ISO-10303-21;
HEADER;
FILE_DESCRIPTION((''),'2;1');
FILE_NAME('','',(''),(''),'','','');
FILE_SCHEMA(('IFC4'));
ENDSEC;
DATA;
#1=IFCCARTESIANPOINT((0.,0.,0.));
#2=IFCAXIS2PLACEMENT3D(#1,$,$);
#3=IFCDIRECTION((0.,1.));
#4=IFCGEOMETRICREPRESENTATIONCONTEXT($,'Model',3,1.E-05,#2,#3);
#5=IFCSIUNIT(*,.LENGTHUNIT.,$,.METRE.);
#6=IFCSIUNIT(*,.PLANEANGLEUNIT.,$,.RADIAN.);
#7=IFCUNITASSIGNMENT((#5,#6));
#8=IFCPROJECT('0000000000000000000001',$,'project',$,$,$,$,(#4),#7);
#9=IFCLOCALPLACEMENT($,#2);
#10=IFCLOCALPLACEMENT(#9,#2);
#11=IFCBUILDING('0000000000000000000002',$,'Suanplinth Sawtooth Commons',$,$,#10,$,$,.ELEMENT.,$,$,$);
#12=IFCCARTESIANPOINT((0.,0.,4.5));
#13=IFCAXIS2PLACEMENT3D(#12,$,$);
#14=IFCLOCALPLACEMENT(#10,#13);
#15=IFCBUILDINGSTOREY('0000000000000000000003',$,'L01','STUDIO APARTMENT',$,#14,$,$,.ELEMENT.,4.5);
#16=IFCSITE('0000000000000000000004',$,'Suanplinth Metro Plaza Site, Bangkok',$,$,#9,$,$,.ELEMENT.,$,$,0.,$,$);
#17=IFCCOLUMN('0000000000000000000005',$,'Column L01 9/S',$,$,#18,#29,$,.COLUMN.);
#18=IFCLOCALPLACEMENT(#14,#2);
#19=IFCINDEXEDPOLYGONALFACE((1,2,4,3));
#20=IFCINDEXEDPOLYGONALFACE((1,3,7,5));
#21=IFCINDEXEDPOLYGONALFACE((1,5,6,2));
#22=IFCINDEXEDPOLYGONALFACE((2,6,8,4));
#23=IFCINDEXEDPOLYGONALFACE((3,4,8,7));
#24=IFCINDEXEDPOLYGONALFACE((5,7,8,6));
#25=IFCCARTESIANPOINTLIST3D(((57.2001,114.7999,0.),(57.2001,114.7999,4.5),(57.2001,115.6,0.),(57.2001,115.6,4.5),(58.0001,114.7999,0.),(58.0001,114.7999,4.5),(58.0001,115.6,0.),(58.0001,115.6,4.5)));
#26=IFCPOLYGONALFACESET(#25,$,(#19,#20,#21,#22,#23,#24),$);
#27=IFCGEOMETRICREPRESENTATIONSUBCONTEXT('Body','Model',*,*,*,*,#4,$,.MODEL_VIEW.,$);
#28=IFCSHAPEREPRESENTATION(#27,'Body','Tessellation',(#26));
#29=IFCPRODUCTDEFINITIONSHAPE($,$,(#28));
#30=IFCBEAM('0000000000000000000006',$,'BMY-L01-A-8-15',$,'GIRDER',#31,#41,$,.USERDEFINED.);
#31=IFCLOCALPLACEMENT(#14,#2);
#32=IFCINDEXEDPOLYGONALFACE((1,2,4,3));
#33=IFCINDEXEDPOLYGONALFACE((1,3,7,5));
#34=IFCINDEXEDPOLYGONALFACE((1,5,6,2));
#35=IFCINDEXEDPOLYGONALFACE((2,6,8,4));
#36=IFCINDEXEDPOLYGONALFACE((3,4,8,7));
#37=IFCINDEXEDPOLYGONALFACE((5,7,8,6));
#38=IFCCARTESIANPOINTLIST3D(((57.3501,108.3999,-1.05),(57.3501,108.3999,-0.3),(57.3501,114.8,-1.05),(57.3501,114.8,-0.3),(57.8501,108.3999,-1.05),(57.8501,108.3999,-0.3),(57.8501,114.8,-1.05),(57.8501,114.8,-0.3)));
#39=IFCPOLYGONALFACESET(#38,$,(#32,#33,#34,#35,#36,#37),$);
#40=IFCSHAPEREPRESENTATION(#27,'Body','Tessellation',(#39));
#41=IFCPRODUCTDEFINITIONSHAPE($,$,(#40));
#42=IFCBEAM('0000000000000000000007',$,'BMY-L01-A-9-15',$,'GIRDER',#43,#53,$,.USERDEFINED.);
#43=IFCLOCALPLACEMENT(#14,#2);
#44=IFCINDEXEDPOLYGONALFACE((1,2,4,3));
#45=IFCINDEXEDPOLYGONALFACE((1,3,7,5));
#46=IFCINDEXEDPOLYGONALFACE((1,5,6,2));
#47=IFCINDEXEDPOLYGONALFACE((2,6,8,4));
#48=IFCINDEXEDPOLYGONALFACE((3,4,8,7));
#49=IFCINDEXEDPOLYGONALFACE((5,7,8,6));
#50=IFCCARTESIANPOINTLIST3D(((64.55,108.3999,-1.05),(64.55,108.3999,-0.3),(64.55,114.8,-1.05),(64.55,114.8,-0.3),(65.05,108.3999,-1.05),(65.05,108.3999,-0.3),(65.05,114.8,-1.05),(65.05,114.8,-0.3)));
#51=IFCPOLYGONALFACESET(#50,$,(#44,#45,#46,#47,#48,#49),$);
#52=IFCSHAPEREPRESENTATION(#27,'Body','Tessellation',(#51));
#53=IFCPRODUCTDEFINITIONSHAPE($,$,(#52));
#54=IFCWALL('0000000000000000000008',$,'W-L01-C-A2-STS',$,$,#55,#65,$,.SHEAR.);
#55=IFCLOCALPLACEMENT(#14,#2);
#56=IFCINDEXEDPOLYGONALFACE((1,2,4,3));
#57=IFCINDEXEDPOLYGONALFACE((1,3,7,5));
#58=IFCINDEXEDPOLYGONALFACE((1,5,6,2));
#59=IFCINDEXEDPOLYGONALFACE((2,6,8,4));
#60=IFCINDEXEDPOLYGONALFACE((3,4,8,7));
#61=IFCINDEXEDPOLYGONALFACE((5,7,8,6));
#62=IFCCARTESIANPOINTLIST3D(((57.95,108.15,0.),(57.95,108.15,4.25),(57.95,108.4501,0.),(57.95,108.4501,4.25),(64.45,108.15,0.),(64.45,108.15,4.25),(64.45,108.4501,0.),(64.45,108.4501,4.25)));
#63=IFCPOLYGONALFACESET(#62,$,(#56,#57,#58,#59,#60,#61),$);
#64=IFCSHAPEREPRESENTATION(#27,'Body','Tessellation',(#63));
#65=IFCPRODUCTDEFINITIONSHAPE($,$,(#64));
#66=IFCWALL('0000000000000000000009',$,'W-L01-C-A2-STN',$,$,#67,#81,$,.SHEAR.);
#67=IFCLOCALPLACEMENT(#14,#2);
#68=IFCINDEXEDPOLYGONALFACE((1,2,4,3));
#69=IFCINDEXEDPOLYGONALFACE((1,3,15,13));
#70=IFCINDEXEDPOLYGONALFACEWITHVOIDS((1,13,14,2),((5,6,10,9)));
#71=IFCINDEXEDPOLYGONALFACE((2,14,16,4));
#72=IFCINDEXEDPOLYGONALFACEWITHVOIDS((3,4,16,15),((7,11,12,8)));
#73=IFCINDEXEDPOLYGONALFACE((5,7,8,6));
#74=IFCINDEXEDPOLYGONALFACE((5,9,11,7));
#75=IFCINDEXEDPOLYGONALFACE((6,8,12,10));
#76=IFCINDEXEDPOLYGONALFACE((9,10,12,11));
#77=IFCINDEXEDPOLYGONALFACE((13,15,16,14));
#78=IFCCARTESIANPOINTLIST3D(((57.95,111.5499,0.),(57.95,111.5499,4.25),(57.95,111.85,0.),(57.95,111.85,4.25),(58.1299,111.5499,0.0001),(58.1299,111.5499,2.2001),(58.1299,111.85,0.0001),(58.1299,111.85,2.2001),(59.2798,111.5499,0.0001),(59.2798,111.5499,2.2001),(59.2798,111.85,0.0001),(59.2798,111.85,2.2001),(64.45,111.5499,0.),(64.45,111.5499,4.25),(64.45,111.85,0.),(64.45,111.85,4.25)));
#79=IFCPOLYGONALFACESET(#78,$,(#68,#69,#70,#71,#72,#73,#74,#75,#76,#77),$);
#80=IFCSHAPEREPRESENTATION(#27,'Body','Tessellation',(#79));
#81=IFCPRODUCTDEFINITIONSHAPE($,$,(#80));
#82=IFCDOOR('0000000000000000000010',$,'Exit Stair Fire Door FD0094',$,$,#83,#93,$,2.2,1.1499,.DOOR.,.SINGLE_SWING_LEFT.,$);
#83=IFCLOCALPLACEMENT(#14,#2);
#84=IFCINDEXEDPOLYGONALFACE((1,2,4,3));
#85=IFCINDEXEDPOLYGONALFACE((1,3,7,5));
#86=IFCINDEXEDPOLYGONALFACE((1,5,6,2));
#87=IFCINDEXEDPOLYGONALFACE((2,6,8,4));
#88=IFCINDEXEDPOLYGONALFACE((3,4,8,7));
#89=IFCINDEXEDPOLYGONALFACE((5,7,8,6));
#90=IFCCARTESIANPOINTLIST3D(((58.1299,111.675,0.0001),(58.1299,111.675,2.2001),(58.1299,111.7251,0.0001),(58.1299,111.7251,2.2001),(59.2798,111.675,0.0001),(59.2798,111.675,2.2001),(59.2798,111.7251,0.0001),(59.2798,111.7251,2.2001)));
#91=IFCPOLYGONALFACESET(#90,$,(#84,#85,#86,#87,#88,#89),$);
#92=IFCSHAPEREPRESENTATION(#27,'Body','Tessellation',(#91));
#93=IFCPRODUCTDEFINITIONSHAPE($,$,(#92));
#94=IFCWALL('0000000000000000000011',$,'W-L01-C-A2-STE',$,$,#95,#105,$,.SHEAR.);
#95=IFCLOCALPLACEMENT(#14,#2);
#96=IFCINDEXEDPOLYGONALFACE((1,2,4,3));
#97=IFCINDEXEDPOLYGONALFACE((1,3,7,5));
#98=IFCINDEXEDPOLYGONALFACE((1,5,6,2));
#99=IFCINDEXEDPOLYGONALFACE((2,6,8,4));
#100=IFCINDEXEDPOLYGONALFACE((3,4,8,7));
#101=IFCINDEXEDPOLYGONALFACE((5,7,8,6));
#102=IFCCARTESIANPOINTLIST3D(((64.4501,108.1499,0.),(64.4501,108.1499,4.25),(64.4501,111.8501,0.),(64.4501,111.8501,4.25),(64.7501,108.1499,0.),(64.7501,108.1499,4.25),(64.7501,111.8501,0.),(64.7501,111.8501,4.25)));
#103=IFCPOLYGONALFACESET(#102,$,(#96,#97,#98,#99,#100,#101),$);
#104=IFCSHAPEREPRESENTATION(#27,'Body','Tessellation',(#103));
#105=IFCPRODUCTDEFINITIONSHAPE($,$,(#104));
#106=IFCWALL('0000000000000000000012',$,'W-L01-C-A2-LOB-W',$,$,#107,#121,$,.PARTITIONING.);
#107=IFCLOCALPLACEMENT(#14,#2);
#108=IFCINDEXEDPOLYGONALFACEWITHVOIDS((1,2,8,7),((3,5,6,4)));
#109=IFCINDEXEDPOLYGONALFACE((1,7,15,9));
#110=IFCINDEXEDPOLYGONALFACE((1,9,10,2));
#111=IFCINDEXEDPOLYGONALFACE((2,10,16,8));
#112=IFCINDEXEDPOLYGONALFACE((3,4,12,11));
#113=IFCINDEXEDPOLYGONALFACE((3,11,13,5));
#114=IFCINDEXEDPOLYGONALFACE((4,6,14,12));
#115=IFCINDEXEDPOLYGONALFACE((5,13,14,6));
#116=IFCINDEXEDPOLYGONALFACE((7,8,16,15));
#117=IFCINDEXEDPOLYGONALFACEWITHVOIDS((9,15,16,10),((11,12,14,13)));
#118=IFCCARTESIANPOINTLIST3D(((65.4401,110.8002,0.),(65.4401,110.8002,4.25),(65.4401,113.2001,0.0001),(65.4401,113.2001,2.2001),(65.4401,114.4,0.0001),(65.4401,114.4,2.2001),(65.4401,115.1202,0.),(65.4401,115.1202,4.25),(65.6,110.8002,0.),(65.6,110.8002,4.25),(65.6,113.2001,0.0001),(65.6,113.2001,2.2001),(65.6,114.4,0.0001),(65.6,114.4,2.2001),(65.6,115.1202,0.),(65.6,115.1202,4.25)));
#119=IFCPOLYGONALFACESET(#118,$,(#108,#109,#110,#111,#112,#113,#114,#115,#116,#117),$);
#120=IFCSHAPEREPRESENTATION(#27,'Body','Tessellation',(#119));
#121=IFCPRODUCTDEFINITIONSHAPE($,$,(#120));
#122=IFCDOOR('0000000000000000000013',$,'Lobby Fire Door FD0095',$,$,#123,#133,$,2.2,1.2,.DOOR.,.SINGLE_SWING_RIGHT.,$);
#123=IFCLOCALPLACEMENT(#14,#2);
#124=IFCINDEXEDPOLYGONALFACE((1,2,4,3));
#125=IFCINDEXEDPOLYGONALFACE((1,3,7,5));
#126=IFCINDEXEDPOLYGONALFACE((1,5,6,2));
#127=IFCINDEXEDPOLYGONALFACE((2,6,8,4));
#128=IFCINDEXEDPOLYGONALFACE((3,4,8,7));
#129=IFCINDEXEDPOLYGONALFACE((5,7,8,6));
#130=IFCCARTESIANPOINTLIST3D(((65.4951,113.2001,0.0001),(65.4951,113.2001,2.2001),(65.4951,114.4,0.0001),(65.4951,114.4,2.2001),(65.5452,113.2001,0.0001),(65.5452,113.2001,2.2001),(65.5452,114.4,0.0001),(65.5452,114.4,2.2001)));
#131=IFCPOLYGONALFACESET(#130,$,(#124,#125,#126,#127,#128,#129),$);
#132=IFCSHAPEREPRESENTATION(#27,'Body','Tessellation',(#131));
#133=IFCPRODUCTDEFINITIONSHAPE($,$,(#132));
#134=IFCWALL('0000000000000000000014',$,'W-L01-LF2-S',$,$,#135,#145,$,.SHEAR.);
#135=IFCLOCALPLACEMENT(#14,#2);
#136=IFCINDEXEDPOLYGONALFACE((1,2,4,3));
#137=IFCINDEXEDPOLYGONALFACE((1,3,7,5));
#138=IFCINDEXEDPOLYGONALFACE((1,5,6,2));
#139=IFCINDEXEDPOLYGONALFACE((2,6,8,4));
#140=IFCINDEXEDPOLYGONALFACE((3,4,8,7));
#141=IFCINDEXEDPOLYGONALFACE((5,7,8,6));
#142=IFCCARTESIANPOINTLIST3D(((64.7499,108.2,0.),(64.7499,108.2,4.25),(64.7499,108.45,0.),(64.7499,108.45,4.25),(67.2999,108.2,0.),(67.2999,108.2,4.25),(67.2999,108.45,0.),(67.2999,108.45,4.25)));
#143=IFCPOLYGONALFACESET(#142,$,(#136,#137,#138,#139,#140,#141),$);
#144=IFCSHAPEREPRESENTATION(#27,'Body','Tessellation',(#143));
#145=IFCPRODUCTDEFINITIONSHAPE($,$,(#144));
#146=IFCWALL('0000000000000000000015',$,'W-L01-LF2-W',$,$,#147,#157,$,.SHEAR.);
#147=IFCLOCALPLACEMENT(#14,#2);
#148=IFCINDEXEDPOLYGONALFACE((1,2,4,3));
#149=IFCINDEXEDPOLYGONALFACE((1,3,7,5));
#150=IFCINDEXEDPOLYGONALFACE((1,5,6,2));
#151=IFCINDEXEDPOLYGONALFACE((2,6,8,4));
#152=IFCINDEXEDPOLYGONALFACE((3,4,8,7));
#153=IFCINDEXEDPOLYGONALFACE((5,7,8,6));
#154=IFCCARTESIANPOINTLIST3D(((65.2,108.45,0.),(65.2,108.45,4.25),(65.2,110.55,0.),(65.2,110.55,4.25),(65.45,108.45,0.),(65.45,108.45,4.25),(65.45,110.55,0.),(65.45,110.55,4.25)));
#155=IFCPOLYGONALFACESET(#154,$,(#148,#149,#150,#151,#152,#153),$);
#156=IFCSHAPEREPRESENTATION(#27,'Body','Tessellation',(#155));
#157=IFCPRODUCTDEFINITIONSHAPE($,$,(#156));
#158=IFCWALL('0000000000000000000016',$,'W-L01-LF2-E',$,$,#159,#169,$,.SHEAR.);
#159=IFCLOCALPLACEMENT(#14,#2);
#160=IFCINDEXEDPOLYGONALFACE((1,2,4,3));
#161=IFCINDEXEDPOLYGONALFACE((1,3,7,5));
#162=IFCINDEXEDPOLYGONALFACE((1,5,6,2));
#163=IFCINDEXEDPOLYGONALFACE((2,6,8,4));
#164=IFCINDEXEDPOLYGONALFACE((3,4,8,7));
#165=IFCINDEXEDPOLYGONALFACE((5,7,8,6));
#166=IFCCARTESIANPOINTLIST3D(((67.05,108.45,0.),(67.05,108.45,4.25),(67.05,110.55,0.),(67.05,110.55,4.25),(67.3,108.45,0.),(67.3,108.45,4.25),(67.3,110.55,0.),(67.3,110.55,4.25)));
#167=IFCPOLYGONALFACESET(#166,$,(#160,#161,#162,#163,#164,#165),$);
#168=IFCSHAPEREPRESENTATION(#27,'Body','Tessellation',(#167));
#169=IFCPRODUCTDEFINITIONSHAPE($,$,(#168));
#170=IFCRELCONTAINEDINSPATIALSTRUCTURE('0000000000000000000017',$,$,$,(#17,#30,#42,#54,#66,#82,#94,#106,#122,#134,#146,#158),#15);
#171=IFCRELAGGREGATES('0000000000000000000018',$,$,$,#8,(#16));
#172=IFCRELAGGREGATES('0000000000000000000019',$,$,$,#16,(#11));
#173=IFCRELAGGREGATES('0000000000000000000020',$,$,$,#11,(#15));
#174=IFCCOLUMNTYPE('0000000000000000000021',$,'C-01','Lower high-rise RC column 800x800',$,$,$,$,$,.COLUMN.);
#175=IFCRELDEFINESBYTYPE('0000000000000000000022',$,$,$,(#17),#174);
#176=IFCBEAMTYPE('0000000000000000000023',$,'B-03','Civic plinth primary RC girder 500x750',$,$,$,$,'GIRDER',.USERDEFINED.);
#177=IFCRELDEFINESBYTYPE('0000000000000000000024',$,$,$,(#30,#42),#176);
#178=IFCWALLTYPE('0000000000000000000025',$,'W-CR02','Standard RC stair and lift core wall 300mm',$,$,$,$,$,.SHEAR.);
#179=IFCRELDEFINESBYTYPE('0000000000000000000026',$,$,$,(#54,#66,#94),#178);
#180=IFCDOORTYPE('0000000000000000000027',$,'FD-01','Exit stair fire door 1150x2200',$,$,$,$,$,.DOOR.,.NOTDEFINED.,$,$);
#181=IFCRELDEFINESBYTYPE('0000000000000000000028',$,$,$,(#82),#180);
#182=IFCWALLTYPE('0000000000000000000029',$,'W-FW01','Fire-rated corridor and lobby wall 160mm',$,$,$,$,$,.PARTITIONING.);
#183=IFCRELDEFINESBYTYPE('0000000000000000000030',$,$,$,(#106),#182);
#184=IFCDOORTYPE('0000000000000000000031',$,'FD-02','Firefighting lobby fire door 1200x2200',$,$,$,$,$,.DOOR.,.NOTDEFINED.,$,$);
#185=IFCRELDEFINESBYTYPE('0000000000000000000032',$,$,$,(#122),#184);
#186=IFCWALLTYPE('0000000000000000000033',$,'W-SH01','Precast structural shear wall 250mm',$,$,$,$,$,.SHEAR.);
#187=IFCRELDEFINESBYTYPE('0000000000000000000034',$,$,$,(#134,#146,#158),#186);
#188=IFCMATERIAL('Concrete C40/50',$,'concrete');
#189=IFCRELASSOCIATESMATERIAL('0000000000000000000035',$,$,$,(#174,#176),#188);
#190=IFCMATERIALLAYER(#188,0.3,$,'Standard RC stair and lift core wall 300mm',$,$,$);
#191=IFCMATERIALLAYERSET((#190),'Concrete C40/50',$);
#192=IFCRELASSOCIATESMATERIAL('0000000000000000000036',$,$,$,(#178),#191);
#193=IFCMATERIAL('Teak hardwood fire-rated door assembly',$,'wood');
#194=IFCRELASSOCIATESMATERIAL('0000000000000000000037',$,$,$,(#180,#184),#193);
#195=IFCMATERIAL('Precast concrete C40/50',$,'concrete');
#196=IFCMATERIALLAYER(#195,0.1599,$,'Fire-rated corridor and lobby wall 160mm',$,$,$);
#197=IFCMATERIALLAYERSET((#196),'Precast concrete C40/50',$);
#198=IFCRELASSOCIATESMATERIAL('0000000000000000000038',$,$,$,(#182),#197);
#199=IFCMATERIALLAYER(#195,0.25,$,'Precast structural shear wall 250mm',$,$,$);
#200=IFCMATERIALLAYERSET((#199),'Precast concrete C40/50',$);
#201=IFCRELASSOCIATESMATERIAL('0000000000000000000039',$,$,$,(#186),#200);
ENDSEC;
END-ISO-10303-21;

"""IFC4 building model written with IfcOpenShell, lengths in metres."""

from ifc_helpers import new_model, si_unit, direction, frame, frame_2d, origin, origin_2d, place, context, subcontext, project, spatial, rectangle, extrude, material, layer, layer_set, material_profile, profile_set, type_object, element, fill, save


model = new_model("IFC4")

# Units and contexts
model_context = context("Model", 3, precision=1e-05, world=origin(), true_north=direction((0.0, 1.0)))
body_context = subcontext(model_context, "Body", "Model", "MODEL_VIEW")
ifc_project = project(units=[si_unit("LENGTHUNIT", "METRE"), si_unit("PLANEANGLEUNIT", "RADIAN")], contexts=[model_context])

# Site, building, storey
site_placement = place(None, origin())
site = spatial("IfcSite", under=ifc_project, at=site_placement, Name="Suanplinth Metro Plaza Site, Bangkok", CompositionType="ELEMENT", RefElevation=0.0)
building_placement = place(site_placement, origin())
building = spatial("IfcBuilding", under=site, at=building_placement, Name="Suanplinth Sawtooth Commons", CompositionType="ELEMENT")
storey_placement = place(building_placement, frame((0.0, 0.0, 4.5)))
storey = spatial("IfcBuildingStorey", under=building, at=storey_placement, Name="L01", Description="STUDIO APARTMENT", CompositionType="ELEMENT", Elevation=4.5)

# Column
ifc_material_1 = material(Name="Concrete C40/50", Category="concrete")
ifc_material_profile_1 = material_profile(ifc_material_1, rectangle(XDim=0.8, YDim=0.8, at=origin_2d()), Name="RC-COL 800x800")
ifc_profile_set_1 = profile_set([ifc_material_profile_1], Name="Concrete C40/50")
column_type = type_object("IfcColumnType", Name="C-01", Description="Lower high-rise RC column 800x800", PredefinedType="COLUMN", material=ifc_profile_set_1)
column_placement = place(storey_placement, frame((57.6001, 115.2, 0.0), z_axis=(0.0, 0.0, 1.0), x_axis=(1.0, 0.0, 0.0)))
element("IfcColumn", 1, at=column_placement, inside=storey, type_object=column_type, Name="Column L01 9/S", PredefinedType="COLUMN", context=body_context, shape_type="SweptSolid", body=[
    extrude(rectangle(XDim=0.8, YDim=0.8, at=origin_2d()), origin(), (0.0, 0.0, 1.0), 4.5),
])

# Beams
ifc_material_profile_2 = material_profile(ifc_material_1, rectangle(XDim=0.5, YDim=0.75, at=origin_2d()), Name="RC-GDR 500x750")
ifc_profile_set_2 = profile_set([ifc_material_profile_2], Name="Concrete C40/50")
beam_type = type_object("IfcBeamType", Name="B-03", Description="Civic plinth primary RC girder 500x750", ElementType="GIRDER", PredefinedType="USERDEFINED", material=ifc_profile_set_2)
for number, where, z_axis, x_axis, name in (
    (2, (57.6001, 108.3999, -0.675), (0.0, 1.0, 0.0), (-1.0, 0.0, 0.0), "BMY-L01-A-8-15"),
    (3, (64.8, 108.3999, -0.675), (0.0, 1.0, 0.0), (-1.0, 0.0, 0.0), "BMY-L01-A-9-15"),
):
    element("IfcBeam", number, at=place(storey_placement, frame(where, z_axis=z_axis, x_axis=x_axis)), inside=storey, type_object=beam_type, Name=name, ObjectType="GIRDER", PredefinedType="USERDEFINED", context=body_context, shape_type="SweptSolid", body=[
        extrude(rectangle(XDim=0.5, YDim=0.75, at=origin_2d()), origin(), (0.0, 0.0, 1.0), 6.4001),
    ])

# Wall
ifc_layer_1 = layer(ifc_material_1, 0.3, Name="Standard RC stair and lift core wall 300mm")
ifc_layer_set_1 = layer_set([ifc_layer_1], Name="Concrete C40/50")
wall_type_1 = type_object("IfcWallType", Name="W-CR02", Description="Standard RC stair and lift core wall 300mm", PredefinedType="SHEAR", material=ifc_layer_set_1)
wall_1_placement = place(storey_placement, frame((57.95, 108.3, 0.0), z_axis=(0.0, 0.0, 1.0), x_axis=(1.0, 0.0, 0.0)))
element("IfcWall", 4, at=wall_1_placement, inside=storey, type_object=wall_type_1, Name="W-L01-C-A2-STS", PredefinedType="SHEAR", context=body_context, shape_type="SweptSolid", body=[
    extrude(rectangle(XDim=6.5, YDim=0.3, at=frame_2d((3.25, 0.0))), origin(), (0.0, 0.0, 1.0), 4.25),
])

# Wall, opening, door
wall_2_placement = place(storey_placement, frame((57.95, 111.7, 0.0), z_axis=(0.0, 0.0, 1.0), x_axis=(1.0, 0.0, 0.0)))
wall_2 = element("IfcWall", 5, at=wall_2_placement, inside=storey, type_object=wall_type_1, Name="W-L01-C-A2-STN", PredefinedType="SHEAR", context=body_context, shape_type="SweptSolid", body=[
    extrude(rectangle(XDim=6.5, YDim=0.3, at=frame_2d((3.25, 0.0))), origin(), (0.0, 0.0, 1.0), 4.25),
])
opening_1_placement = place(wall_2_placement, frame((0.1799, 0.0, 0.0)))
opening_1 = element("IfcOpeningElement", 6, at=opening_1_placement, cuts=wall_2, PredefinedType="OPENING", context=body_context, shape_type="SweptSolid", body=[
    extrude(rectangle(XDim=1.1499, YDim=2.2, at=frame_2d((0.575, 1.1001))), frame((0.0, 0.165, 0.0), z_axis=(0.0, -1.0, 0.0), x_axis=(1.0, 0.0, 0.0)), (0.0, 0.0, 1.0), 0.3298),
])
ifc_material_2 = material(Name="Teak hardwood fire-rated door assembly", Category="wood")
door_type_1 = type_object("IfcDoorType", Name="FD-01", Description="Exit stair fire door 1150x2200", OperationType="NOTDEFINED", PredefinedType="DOOR", material=ifc_material_2)
door_1_placement = place(opening_1_placement, frame((1.1499, 0.0, 0.0), z_axis=(0.0, 0.0, 1.0), x_axis=(-1.0, 0.0, 0.0)))
door_1 = element("IfcDoor", 7, at=door_1_placement, inside=storey, type_object=door_type_1, Name="Exit Stair Fire Door FD0094", OperationType="SINGLE_SWING_LEFT", OverallHeight=2.2, OverallWidth=1.1499, PredefinedType="DOOR", context=body_context, shape_type="SweptSolid", body=[
    extrude(rectangle(XDim=1.1499, YDim=2.2, at=frame_2d((0.575, 1.1001))), frame((0.0, 0.0249, 0.0), z_axis=(0.0, -1.0, 0.0), x_axis=(1.0, 0.0, 0.0)), (0.0, 0.0, 1.0), 0.05),
])
fill(opening_1, door_1)

# Wall
wall_3_placement = place(storey_placement, frame((64.6001, 108.1499, 0.0), z_axis=(0.0, 0.0, 1.0), x_axis=(0.0, 1.0, 0.0)))
element("IfcWall", 8, at=wall_3_placement, inside=storey, type_object=wall_type_1, Name="W-L01-C-A2-STE", PredefinedType="SHEAR", context=body_context, shape_type="SweptSolid", body=[
    extrude(rectangle(XDim=3.7002, YDim=0.3, at=frame_2d((1.8501, 0.0))), origin(), (0.0, 0.0, 1.0), 4.25),
])

# Wall, opening, door
ifc_material_3 = material(Name="Precast concrete C40/50", Category="concrete")
ifc_layer_2 = layer(ifc_material_3, 0.1599, Name="Fire-rated corridor and lobby wall 160mm")
ifc_layer_set_2 = layer_set([ifc_layer_2], Name="Precast concrete C40/50")
wall_type_2 = type_object("IfcWallType", Name="W-FW01", Description="Fire-rated corridor and lobby wall 160mm", PredefinedType="PARTITIONING", material=ifc_layer_set_2)
wall_4_placement = place(storey_placement, frame((65.52, 110.8, 0.0), z_axis=(0.0, 0.0, 1.0), x_axis=(0.0, 1.0, 0.0)))
wall_4 = element("IfcWall", 9, at=wall_4_placement, inside=storey, type_object=wall_type_2, Name="W-L01-C-A2-LOB-W", PredefinedType="PARTITIONING", context=body_context, shape_type="SweptSolid", body=[
    extrude(rectangle(XDim=4.3201, YDim=0.1599, at=frame_2d((2.1602, 0.0))), origin(), (0.0, 0.0, 1.0), 4.25),
])
opening_2_placement = place(wall_4_placement, frame((2.3999, 0.0, 0.0)))
opening_2 = element("IfcOpeningElement", 10, at=opening_2_placement, cuts=wall_4, PredefinedType="OPENING", context=body_context, shape_type="SweptSolid", body=[
    extrude(rectangle(XDim=1.2, YDim=2.2, at=frame_2d((0.6001, 1.1001))), frame((0.0, 0.0947, 0.0), z_axis=(0.0, -1.0, 0.0), x_axis=(1.0, 0.0, 0.0)), (0.0, 0.0, 1.0), 0.1897),
])
door_type_2 = type_object("IfcDoorType", Name="FD-02", Description="Firefighting lobby fire door 1200x2200", OperationType="NOTDEFINED", PredefinedType="DOOR", material=ifc_material_2)
door_2_placement = place(opening_2_placement, origin())
door_2 = element("IfcDoor", 11, at=door_2_placement, inside=storey, type_object=door_type_2, Name="Lobby Fire Door FD0095", OperationType="SINGLE_SWING_RIGHT", OverallHeight=2.2, OverallWidth=1.2, PredefinedType="DOOR", context=body_context, shape_type="SweptSolid", body=[
    extrude(rectangle(XDim=1.2, YDim=2.2, at=frame_2d((0.6001, 1.1001))), frame((0.0, 0.0249, 0.0), z_axis=(0.0, -1.0, 0.0), x_axis=(1.0, 0.0, 0.0)), (0.0, 0.0, 1.0), 0.05),
])
fill(opening_2, door_2)

# Wall
ifc_layer_3 = layer(ifc_material_3, 0.25, Name="Precast structural shear wall 250mm")
ifc_layer_set_3 = layer_set([ifc_layer_3], Name="Precast concrete C40/50")
wall_type_3 = type_object("IfcWallType", Name="W-SH01", Description="Precast structural shear wall 250mm", PredefinedType="SHEAR", material=ifc_layer_set_3)
wall_5_placement = place(storey_placement, frame((64.75, 108.325, 0.0), z_axis=(0.0, 0.0, 1.0), x_axis=(1.0, 0.0, 0.0)))
element("IfcWall", 12, at=wall_5_placement, inside=storey, type_object=wall_type_3, Name="W-L01-LF2-S", PredefinedType="SHEAR", context=body_context, shape_type="SweptSolid", body=[
    extrude(rectangle(XDim=2.55, YDim=0.25, at=frame_2d((1.2749, 0.0))), origin(), (0.0, 0.0, 1.0), 4.25),
])

# Walls
for number, where, z_axis, x_axis, name in (
    (13, (65.325, 108.45, 0.0), (0.0, 0.0, 1.0), (0.0, 1.0, 0.0), "W-L01-LF2-W"),
    (14, (67.175, 108.45, 0.0), (0.0, 0.0, 1.0), (0.0, 1.0, 0.0), "W-L01-LF2-E"),
):
    element("IfcWall", number, at=place(storey_placement, frame(where, z_axis=z_axis, x_axis=x_axis)), inside=storey, type_object=wall_type_3, Name=name, PredefinedType="SHEAR", context=body_context, shape_type="SweptSolid", body=[
        extrude(rectangle(XDim=2.1001, YDim=0.25, at=frame_2d((1.05, 0.0))), origin(), (0.0, 0.0, 1.0), 4.25),
    ])

save(model, "model.ifc")
